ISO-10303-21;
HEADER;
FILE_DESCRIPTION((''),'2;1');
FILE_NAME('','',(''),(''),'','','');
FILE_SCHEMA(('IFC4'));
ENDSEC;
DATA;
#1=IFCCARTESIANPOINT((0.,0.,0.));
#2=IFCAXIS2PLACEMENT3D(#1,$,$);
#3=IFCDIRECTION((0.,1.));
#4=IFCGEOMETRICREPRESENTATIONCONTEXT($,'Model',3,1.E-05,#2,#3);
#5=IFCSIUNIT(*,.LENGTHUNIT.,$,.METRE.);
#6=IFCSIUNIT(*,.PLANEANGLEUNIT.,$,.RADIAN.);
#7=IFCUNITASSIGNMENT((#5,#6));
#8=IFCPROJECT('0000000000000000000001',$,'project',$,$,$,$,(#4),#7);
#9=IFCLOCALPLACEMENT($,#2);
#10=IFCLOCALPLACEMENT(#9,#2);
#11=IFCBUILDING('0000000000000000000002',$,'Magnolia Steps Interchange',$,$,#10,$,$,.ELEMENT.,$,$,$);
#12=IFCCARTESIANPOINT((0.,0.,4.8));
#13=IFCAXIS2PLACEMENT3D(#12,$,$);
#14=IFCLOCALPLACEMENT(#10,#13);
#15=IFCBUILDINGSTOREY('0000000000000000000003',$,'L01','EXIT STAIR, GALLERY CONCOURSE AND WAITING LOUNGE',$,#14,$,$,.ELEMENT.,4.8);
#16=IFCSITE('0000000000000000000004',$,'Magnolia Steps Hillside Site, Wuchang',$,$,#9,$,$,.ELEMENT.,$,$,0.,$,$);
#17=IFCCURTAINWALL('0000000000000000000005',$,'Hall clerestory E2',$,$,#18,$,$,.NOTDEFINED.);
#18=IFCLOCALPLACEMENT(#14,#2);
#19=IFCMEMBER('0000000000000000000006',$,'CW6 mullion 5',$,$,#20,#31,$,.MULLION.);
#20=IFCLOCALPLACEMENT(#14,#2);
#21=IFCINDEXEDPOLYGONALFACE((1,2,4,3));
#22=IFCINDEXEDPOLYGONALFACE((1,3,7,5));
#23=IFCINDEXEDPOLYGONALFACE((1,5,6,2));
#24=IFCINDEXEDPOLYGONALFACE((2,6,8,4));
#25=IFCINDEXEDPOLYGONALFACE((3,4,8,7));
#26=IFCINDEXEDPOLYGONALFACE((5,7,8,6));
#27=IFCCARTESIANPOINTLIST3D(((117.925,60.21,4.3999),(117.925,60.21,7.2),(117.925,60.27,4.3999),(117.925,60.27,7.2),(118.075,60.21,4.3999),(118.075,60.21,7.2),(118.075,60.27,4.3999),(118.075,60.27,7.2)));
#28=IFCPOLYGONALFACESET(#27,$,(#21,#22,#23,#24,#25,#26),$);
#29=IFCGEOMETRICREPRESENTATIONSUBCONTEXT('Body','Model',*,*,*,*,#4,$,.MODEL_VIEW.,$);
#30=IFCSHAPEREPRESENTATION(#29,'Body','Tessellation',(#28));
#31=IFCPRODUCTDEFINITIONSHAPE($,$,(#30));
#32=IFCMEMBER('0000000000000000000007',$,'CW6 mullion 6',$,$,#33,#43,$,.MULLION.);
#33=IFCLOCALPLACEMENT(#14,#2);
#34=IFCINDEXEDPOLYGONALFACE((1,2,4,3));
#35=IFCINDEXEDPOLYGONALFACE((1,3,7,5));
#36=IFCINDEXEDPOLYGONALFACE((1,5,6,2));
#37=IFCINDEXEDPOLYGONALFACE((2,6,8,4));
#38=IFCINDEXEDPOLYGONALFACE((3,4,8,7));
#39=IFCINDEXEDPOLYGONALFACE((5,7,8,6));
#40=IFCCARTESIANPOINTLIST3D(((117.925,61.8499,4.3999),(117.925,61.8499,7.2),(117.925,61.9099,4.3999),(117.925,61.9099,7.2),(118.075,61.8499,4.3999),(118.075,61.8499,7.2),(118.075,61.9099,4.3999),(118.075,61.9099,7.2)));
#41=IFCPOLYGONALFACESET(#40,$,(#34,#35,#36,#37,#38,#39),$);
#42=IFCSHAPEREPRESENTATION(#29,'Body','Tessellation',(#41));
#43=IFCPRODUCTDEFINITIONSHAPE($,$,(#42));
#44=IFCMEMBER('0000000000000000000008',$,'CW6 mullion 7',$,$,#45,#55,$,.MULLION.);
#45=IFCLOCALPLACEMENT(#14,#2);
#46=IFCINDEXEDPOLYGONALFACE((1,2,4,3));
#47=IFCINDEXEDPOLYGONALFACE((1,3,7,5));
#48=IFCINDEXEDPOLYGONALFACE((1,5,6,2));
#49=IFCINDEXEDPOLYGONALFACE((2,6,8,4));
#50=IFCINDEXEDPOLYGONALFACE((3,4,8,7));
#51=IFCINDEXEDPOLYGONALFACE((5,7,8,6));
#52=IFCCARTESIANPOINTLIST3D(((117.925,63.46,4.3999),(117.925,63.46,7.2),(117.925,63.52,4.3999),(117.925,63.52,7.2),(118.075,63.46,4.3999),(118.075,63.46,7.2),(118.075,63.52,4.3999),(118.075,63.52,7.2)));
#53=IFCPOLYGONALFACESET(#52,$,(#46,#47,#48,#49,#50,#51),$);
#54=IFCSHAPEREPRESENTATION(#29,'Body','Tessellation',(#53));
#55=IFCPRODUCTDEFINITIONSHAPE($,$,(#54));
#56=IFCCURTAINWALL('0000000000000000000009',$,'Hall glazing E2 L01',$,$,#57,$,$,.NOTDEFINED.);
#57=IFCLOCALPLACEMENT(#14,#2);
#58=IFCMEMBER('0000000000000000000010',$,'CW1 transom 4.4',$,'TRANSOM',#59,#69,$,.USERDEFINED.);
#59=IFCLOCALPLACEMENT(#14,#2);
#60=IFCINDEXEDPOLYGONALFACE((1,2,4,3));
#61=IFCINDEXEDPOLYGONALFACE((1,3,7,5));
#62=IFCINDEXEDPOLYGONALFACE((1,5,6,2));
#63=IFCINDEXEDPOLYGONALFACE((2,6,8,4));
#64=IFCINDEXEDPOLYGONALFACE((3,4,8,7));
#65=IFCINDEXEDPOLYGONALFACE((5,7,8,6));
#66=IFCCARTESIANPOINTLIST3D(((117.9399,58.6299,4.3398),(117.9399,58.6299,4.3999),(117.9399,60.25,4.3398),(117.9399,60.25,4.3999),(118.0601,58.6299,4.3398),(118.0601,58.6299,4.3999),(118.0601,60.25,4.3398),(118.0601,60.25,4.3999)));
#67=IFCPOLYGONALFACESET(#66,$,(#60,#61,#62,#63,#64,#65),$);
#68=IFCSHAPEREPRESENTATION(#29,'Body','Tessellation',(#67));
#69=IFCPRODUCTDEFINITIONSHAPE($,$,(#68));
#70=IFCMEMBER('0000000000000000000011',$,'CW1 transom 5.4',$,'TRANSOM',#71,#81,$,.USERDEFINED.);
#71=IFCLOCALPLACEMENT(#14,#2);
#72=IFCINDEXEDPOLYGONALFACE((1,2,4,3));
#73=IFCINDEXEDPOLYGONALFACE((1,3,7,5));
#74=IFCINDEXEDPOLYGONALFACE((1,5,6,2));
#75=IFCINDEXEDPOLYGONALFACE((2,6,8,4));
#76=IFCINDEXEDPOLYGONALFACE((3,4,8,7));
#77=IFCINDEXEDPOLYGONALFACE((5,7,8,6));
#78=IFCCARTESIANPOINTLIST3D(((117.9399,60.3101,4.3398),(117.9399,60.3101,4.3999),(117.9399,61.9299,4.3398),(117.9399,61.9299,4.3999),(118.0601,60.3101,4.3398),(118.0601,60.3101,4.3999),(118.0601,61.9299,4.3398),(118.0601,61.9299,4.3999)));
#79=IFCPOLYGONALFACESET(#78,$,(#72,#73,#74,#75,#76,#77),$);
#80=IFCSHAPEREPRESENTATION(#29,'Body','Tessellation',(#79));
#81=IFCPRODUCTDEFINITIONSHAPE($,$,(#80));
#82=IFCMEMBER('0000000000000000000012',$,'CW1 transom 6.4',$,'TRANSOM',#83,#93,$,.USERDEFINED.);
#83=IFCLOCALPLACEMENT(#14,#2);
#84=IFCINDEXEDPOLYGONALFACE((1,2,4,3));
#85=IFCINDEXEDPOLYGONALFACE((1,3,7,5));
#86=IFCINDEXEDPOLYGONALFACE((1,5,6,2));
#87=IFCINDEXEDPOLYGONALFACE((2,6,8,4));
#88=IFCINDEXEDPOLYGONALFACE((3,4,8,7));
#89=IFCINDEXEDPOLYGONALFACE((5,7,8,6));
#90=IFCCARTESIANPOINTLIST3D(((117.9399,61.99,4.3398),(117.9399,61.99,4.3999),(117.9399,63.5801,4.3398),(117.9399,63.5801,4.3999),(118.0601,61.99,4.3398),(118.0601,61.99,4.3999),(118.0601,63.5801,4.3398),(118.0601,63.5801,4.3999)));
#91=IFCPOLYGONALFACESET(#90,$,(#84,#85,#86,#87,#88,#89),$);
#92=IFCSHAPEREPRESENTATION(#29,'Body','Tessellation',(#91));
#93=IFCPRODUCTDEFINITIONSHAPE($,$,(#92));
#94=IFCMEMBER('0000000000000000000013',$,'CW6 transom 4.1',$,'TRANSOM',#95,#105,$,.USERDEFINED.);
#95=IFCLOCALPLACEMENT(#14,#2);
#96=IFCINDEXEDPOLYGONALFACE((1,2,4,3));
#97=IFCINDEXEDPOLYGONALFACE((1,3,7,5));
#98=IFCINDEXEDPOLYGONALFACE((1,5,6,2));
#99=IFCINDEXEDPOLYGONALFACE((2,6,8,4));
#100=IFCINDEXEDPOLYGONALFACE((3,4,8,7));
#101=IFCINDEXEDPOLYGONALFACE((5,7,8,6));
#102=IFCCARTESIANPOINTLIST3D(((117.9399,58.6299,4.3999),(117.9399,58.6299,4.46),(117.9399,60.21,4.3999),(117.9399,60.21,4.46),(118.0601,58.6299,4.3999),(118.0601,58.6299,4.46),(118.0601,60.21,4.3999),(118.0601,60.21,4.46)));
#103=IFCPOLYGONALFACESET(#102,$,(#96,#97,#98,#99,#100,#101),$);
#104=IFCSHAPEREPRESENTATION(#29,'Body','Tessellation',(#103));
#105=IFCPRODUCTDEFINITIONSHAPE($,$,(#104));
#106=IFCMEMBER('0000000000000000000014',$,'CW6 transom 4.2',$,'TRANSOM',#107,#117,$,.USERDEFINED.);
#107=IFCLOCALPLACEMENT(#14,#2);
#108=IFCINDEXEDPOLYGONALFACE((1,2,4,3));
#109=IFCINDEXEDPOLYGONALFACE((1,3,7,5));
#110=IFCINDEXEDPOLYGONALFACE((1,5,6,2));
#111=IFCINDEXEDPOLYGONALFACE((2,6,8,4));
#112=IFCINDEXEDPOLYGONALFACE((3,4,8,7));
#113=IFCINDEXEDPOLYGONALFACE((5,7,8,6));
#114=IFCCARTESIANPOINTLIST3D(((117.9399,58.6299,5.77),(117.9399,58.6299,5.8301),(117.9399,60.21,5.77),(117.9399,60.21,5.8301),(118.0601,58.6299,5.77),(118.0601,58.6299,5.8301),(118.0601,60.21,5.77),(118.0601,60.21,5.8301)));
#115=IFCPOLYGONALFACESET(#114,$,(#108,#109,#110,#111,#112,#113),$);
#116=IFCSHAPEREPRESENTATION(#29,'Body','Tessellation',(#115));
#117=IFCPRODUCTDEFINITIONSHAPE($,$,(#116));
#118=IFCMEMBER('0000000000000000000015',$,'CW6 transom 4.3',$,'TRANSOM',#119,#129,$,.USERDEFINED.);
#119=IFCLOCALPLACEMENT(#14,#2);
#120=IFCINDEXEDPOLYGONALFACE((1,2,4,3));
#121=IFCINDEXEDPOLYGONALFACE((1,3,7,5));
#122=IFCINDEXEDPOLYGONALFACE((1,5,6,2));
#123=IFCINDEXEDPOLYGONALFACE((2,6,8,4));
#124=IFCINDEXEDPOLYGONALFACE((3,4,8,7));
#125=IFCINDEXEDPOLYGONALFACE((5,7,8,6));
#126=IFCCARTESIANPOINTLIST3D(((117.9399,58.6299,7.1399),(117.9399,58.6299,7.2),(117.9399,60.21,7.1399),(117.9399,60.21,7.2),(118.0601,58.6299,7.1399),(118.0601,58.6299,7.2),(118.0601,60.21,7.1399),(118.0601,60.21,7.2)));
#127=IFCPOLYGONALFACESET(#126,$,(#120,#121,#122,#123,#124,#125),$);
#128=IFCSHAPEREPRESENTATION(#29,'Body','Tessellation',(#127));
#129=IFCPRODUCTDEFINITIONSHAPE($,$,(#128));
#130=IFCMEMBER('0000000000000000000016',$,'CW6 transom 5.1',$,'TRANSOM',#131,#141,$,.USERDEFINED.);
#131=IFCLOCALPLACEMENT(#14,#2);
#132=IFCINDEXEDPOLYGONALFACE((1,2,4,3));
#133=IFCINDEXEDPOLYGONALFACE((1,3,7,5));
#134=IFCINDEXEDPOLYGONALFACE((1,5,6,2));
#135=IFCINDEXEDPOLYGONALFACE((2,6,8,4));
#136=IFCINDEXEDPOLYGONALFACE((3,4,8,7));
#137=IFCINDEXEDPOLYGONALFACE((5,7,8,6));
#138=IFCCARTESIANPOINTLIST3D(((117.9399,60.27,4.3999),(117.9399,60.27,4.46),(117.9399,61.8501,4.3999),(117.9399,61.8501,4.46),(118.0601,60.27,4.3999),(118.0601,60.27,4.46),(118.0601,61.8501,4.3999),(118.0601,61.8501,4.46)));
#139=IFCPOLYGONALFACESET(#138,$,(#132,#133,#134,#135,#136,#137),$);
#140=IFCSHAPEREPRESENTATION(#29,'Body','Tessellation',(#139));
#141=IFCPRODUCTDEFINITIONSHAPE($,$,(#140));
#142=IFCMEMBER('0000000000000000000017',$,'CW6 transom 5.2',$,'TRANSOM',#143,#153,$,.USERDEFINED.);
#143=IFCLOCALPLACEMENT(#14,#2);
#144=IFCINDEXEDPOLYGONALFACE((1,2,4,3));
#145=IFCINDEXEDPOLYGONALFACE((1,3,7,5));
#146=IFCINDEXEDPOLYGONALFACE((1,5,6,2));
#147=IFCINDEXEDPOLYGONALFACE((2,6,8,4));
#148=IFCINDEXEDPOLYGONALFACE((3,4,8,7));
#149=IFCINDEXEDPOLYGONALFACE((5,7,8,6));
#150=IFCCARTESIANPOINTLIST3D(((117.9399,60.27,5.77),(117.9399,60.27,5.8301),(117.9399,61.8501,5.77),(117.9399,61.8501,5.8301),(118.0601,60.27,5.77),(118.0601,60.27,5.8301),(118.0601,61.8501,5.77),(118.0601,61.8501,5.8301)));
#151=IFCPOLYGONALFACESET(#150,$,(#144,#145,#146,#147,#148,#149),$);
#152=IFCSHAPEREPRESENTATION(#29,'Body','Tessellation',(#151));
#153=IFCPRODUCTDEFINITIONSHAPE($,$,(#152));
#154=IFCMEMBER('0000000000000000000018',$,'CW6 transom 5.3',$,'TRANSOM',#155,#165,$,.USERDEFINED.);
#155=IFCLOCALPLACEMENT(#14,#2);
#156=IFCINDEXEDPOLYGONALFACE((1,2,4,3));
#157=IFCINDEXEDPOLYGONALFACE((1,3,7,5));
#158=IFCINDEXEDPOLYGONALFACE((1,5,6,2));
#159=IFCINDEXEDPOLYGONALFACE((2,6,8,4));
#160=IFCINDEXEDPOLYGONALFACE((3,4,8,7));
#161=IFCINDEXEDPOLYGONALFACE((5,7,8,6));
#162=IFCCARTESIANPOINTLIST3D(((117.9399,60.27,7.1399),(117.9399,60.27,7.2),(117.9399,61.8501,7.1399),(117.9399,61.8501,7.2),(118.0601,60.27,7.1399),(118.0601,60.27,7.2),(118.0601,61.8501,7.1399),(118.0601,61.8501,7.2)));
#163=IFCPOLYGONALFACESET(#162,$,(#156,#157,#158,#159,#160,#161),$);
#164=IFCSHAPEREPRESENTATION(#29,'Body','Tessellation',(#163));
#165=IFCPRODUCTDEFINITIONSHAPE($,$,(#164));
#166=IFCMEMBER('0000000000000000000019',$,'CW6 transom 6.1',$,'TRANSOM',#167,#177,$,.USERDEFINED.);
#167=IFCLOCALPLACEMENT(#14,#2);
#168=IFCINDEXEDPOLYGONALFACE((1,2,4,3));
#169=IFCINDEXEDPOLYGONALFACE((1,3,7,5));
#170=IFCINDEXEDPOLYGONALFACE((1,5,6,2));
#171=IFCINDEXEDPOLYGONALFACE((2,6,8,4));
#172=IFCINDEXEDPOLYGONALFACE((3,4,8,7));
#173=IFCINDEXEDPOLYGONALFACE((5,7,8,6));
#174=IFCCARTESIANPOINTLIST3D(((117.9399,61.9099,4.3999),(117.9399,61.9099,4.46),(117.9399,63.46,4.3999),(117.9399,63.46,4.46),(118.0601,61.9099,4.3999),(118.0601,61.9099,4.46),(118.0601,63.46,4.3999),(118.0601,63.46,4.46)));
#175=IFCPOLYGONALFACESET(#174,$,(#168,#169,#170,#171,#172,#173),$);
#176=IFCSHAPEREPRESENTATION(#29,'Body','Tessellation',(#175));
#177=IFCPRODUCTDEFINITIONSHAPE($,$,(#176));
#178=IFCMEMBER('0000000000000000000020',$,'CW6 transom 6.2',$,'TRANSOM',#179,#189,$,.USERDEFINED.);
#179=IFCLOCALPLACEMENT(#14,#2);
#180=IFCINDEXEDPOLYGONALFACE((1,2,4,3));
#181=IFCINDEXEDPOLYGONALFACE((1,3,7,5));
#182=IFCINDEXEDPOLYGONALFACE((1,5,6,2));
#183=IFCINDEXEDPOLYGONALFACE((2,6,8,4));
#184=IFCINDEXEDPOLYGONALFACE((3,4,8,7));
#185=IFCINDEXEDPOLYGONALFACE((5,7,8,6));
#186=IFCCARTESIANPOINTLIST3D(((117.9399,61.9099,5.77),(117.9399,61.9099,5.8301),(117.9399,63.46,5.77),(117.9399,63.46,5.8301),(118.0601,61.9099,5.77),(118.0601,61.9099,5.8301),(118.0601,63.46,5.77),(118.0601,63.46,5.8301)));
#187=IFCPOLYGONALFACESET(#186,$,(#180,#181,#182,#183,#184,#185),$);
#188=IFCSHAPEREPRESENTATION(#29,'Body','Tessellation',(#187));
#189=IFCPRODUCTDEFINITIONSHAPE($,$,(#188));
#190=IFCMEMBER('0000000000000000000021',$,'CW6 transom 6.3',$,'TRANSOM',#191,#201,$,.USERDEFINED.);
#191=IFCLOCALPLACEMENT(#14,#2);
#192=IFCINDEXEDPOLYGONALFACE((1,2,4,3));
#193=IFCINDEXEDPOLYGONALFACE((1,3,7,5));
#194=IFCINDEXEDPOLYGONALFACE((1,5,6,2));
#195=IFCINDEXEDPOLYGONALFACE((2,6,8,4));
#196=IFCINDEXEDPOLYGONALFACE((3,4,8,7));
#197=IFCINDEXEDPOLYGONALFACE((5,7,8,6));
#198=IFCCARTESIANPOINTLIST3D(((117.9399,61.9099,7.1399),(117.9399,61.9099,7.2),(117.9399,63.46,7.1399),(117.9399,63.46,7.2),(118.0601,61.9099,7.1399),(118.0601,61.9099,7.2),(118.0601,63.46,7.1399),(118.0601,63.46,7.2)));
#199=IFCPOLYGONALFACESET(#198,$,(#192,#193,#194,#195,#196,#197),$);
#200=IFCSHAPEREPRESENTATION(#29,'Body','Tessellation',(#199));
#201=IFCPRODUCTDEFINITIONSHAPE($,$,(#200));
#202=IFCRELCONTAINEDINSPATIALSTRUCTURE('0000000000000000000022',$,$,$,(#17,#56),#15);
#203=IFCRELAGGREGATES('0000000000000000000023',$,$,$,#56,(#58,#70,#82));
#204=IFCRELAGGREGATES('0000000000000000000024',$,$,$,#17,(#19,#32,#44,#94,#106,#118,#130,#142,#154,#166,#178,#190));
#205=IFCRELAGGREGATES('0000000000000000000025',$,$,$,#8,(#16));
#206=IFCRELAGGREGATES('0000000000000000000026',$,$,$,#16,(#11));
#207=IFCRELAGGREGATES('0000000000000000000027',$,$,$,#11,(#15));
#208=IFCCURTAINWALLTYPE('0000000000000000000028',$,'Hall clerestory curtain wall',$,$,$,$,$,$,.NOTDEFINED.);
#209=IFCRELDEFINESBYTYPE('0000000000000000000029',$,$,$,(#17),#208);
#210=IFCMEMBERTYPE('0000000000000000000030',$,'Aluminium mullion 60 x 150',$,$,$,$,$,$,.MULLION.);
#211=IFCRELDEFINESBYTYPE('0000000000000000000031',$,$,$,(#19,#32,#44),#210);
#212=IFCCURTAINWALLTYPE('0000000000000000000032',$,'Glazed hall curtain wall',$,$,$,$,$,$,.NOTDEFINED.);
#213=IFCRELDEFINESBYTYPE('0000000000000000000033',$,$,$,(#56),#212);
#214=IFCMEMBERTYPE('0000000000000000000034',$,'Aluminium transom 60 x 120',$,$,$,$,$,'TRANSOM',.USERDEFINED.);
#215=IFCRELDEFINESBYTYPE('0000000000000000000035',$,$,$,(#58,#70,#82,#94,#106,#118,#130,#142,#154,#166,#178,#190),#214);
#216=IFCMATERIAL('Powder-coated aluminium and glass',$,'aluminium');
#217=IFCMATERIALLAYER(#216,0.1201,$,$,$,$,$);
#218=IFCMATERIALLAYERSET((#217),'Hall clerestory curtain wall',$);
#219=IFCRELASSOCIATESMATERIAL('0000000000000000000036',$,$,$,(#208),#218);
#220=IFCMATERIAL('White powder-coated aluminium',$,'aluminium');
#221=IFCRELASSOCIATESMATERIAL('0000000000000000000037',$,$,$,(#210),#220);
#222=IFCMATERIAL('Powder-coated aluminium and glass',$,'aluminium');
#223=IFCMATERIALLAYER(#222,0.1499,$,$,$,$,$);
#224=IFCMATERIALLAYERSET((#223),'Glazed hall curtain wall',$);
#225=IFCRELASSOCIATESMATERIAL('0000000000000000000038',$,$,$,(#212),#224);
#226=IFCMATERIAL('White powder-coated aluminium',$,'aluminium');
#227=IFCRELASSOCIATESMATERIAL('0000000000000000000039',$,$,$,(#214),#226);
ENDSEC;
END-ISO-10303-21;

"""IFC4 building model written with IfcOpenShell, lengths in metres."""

from ifc_helpers import new_model, si_unit, direction, frame, origin, origin_2d, place, context, subcontext, project, spatial, rectangle, extrude, material, layer, layer_set, material_profile, profile_set, type_object, element, aggregate, save


model = new_model("IFC4")

# Units and contexts
model_context = context("Model", 3, precision=1e-05, world=origin(), true_north=direction((0.0, 1.0)))
body_context = subcontext(model_context, "Body", "Model", "MODEL_VIEW")
ifc_project = project(units=[si_unit("LENGTHUNIT", "METRE"), si_unit("PLANEANGLEUNIT", "RADIAN")], contexts=[model_context])

# Site, building, storey
site_placement = place(None, origin())
site = spatial("IfcSite", under=ifc_project, at=site_placement, Name="Magnolia Steps Hillside Site, Wuchang", CompositionType="ELEMENT", RefElevation=0.0)
building_placement = place(site_placement, origin())
building = spatial("IfcBuilding", under=site, at=building_placement, Name="Magnolia Steps Interchange", CompositionType="ELEMENT")
storey_placement = place(building_placement, frame((0.0, 0.0, 4.8)))
storey = spatial("IfcBuildingStorey", under=building, at=storey_placement, Name="L01", Description="EXIT STAIR, GALLERY CONCOURSE AND WAITING LOUNGE", CompositionType="ELEMENT", Elevation=4.8)

# Curtain walls, members
ifc_material_1 = material(Name="Powder-coated aluminium and glass", Category="aluminium")
ifc_layer_1 = layer(ifc_material_1, 0.1201)
ifc_layer_set_1 = layer_set([ifc_layer_1], Name="Hall clerestory curtain wall")
curtain_wall_type_1 = type_object("IfcCurtainWallType", Name="Hall clerestory curtain wall", PredefinedType="NOTDEFINED", material=ifc_layer_set_1)
curtain_wall_1_placement = place(storey_placement, origin())
curtain_wall_1 = element("IfcCurtainWall", 1, at=curtain_wall_1_placement, inside=storey, type_object=curtain_wall_type_1, Name="Hall clerestory E2", PredefinedType="NOTDEFINED")
ifc_material_2 = material(Name="White powder-coated aluminium", Category="aluminium")
ifc_material_profile_1 = material_profile(ifc_material_2, rectangle(XDim=0.0601, YDim=0.1499, at=origin_2d()), Name="Aluminium mullion 60 x 150")
ifc_profile_set_1 = profile_set([ifc_material_profile_1], Name="White powder-coated aluminium")
member_type_1 = type_object("IfcMemberType", Name="Aluminium mullion 60 x 150", PredefinedType="MULLION", material=ifc_profile_set_1)
member_1_placement = place(storey_placement, frame((118.0, 60.24, 4.3999), z_axis=(0.0, 0.0, 1.0), x_axis=(0.0, 1.0, 0.0)))
member_1 = element("IfcMember", 2, at=member_1_placement, type_object=member_type_1, Name="CW6 mullion 5", PredefinedType="MULLION", context=body_context, shape_type="SweptSolid", body=[
    extrude(rectangle(XDim=0.0601, YDim=0.1499, at=origin_2d()), origin(), (0.0, 0.0, 1.0), 2.8),
])
member_2_placement = place(storey_placement, frame((118.0, 61.8799, 4.3999), z_axis=(0.0, 0.0, 1.0), x_axis=(0.0, 1.0, 0.0)))
member_2 = element("IfcMember", 3, at=member_2_placement, type_object=member_type_1, Name="CW6 mullion 6", PredefinedType="MULLION", context=body_context, shape_type="SweptSolid", body=[
    extrude(rectangle(XDim=0.0601, YDim=0.1499, at=origin_2d()), origin(), (0.0, 0.0, 1.0), 2.8),
])
member_3_placement = place(storey_placement, frame((118.0, 63.49, 4.3999), z_axis=(0.0, 0.0, 1.0), x_axis=(0.0, 1.0, 0.0)))
member_3 = element("IfcMember", 4, at=member_3_placement, type_object=member_type_1, Name="CW6 mullion 7", PredefinedType="MULLION", context=body_context, shape_type="SweptSolid", body=[
    extrude(rectangle(XDim=0.0601, YDim=0.1499, at=origin_2d()), origin(), (0.0, 0.0, 1.0), 2.8),
])
ifc_material_3 = material(Name="Powder-coated aluminium and glass", Category="aluminium")
ifc_layer_2 = layer(ifc_material_3, 0.1499)
ifc_layer_set_2 = layer_set([ifc_layer_2], Name="Glazed hall curtain wall")
curtain_wall_type_2 = type_object("IfcCurtainWallType", Name="Glazed hall curtain wall", PredefinedType="NOTDEFINED", material=ifc_layer_set_2)
curtain_wall_2_placement = place(storey_placement, origin())
curtain_wall_2 = element("IfcCurtainWall", 5, at=curtain_wall_2_placement, inside=storey, type_object=curtain_wall_type_2, Name="Hall glazing E2 L01", PredefinedType="NOTDEFINED")
ifc_material_4 = material(Name="White powder-coated aluminium", Category="aluminium")
ifc_material_profile_2 = material_profile(ifc_material_4, rectangle(XDim=0.0601, YDim=0.1201, at=origin_2d()), Name="Aluminium transom 60 x 120")
ifc_profile_set_2 = profile_set([ifc_material_profile_2], Name="White powder-coated aluminium")
member_type_2 = type_object("IfcMemberType", Name="Aluminium transom 60 x 120", ElementType="TRANSOM", PredefinedType="USERDEFINED", material=ifc_profile_set_2)
member_4_placement = place(storey_placement, frame((118.0, 58.6299, 4.3699), z_axis=(0.0, 1.0, 0.0), x_axis=(0.0, 0.0, 1.0)))
member_4 = element("IfcMember", 6, at=member_4_placement, type_object=member_type_2, Name="CW1 transom 4.4", ObjectType="TRANSOM", PredefinedType="USERDEFINED", context=body_context, shape_type="SweptSolid", body=[
    extrude(rectangle(XDim=0.0601, YDim=0.1201, at=origin_2d()), origin(), (0.0, 0.0, 1.0), 1.6201),
])
member_5_placement = place(storey_placement, frame((118.0, 60.3101, 4.3699), z_axis=(0.0, 1.0, 0.0), x_axis=(0.0, 0.0, 1.0)))
member_5 = element("IfcMember", 7, at=member_5_placement, type_object=member_type_2, Name="CW1 transom 5.4", ObjectType="TRANSOM", PredefinedType="USERDEFINED", context=body_context, shape_type="SweptSolid", body=[
    extrude(rectangle(XDim=0.0601, YDim=0.1201, at=origin_2d()), origin(), (0.0, 0.0, 1.0), 1.6199),
])
member_6_placement = place(storey_placement, frame((118.0, 61.99, 4.3699), z_axis=(0.0, 1.0, 0.0), x_axis=(0.0, 0.0, 1.0)))
member_6 = element("IfcMember", 8, at=member_6_placement, type_object=member_type_2, Name="CW1 transom 6.4", ObjectType="TRANSOM", PredefinedType="USERDEFINED", context=body_context, shape_type="SweptSolid", body=[
    extrude(rectangle(XDim=0.0601, YDim=0.1201, at=origin_2d()), origin(), (0.0, 0.0, 1.0), 1.5901),
])

# Members
member_7_placement = place(storey_placement, frame((118.0, 58.6299, 4.4299), z_axis=(0.0, 1.0, 0.0), x_axis=(0.0, 0.0, 1.0)))
member_7 = element("IfcMember", 9, at=member_7_placement, type_object=member_type_2, Name="CW6 transom 4.1", ObjectType="TRANSOM", PredefinedType="USERDEFINED", context=body_context, shape_type="SweptSolid", body=[
    extrude(rectangle(XDim=0.0601, YDim=0.1201, at=origin_2d()), origin(), (0.0, 0.0, 1.0), 1.5801),
])
member_8_placement = place(storey_placement, frame((118.0, 58.6299, 5.8), z_axis=(0.0, 1.0, 0.0), x_axis=(0.0, 0.0, 1.0)))
member_8 = element("IfcMember", 10, at=member_8_placement, type_object=member_type_2, Name="CW6 transom 4.2", ObjectType="TRANSOM", PredefinedType="USERDEFINED", context=body_context, shape_type="SweptSolid", body=[
    extrude(rectangle(XDim=0.0601, YDim=0.1201, at=origin_2d()), origin(), (0.0, 0.0, 1.0), 1.5801),
])
member_9_placement = place(storey_placement, frame((118.0, 58.6299, 7.1699), z_axis=(0.0, 1.0, 0.0), x_axis=(0.0, 0.0, 1.0)))
member_9 = element("IfcMember", 11, at=member_9_placement, type_object=member_type_2, Name="CW6 transom 4.3", ObjectType="TRANSOM", PredefinedType="USERDEFINED", context=body_context, shape_type="SweptSolid", body=[
    extrude(rectangle(XDim=0.0601, YDim=0.1201, at=origin_2d()), origin(), (0.0, 0.0, 1.0), 1.5801),
])
member_10_placement = place(storey_placement, frame((118.0, 60.27, 4.4299), z_axis=(0.0, 1.0, 0.0), x_axis=(0.0, 0.0, 1.0)))
member_10 = element("IfcMember", 12, at=member_10_placement, type_object=member_type_2, Name="CW6 transom 5.1", ObjectType="TRANSOM", PredefinedType="USERDEFINED", context=body_context, shape_type="SweptSolid", body=[
    extrude(rectangle(XDim=0.0601, YDim=0.1201, at=origin_2d()), origin(), (0.0, 0.0, 1.0), 1.5801),
])
member_11_placement = place(storey_placement, frame((118.0, 60.27, 5.8), z_axis=(0.0, 1.0, 0.0), x_axis=(0.0, 0.0, 1.0)))
member_11 = element("IfcMember", 13, at=member_11_placement, type_object=member_type_2, Name="CW6 transom 5.2", ObjectType="TRANSOM", PredefinedType="USERDEFINED", context=body_context, shape_type="SweptSolid", body=[
    extrude(rectangle(XDim=0.0601, YDim=0.1201, at=origin_2d()), origin(), (0.0, 0.0, 1.0), 1.5801),
])
member_12_placement = place(storey_placement, frame((118.0, 60.27, 7.1699), z_axis=(0.0, 1.0, 0.0), x_axis=(0.0, 0.0, 1.0)))
member_12 = element("IfcMember", 14, at=member_12_placement, type_object=member_type_2, Name="CW6 transom 5.3", ObjectType="TRANSOM", PredefinedType="USERDEFINED", context=body_context, shape_type="SweptSolid", body=[
    extrude(rectangle(XDim=0.0601, YDim=0.1201, at=origin_2d()), origin(), (0.0, 0.0, 1.0), 1.5801),
])
member_13_placement = place(storey_placement, frame((118.0, 61.9099, 4.4299), z_axis=(0.0, 1.0, 0.0), x_axis=(0.0, 0.0, 1.0)))
member_13 = element("IfcMember", 15, at=member_13_placement, type_object=member_type_2, Name="CW6 transom 6.1", ObjectType="TRANSOM", PredefinedType="USERDEFINED", context=body_context, shape_type="SweptSolid", body=[
    extrude(rectangle(XDim=0.0601, YDim=0.1201, at=origin_2d()), origin(), (0.0, 0.0, 1.0), 1.55),
])
member_14_placement = place(storey_placement, frame((118.0, 61.9099, 5.8), z_axis=(0.0, 1.0, 0.0), x_axis=(0.0, 0.0, 1.0)))
member_14 = element("IfcMember", 16, at=member_14_placement, type_object=member_type_2, Name="CW6 transom 6.2", ObjectType="TRANSOM", PredefinedType="USERDEFINED", context=body_context, shape_type="SweptSolid", body=[
    extrude(rectangle(XDim=0.0601, YDim=0.1201, at=origin_2d()), origin(), (0.0, 0.0, 1.0), 1.55),
])
member_15_placement = place(storey_placement, frame((118.0, 61.9099, 7.1699), z_axis=(0.0, 1.0, 0.0), x_axis=(0.0, 0.0, 1.0)))
member_15 = element("IfcMember", 17, at=member_15_placement, type_object=member_type_2, Name="CW6 transom 6.3", ObjectType="TRANSOM", PredefinedType="USERDEFINED", context=body_context, shape_type="SweptSolid", body=[
    extrude(rectangle(XDim=0.0601, YDim=0.1201, at=origin_2d()), origin(), (0.0, 0.0, 1.0), 1.55),
])

aggregate(curtain_wall_2, [member_4, member_5, member_6])
aggregate(curtain_wall_1, [member_1, member_2, member_3, member_7, member_8, member_9, member_10, member_11, member_12, member_13, member_14, member_15])

save(model, "model.ifc")
